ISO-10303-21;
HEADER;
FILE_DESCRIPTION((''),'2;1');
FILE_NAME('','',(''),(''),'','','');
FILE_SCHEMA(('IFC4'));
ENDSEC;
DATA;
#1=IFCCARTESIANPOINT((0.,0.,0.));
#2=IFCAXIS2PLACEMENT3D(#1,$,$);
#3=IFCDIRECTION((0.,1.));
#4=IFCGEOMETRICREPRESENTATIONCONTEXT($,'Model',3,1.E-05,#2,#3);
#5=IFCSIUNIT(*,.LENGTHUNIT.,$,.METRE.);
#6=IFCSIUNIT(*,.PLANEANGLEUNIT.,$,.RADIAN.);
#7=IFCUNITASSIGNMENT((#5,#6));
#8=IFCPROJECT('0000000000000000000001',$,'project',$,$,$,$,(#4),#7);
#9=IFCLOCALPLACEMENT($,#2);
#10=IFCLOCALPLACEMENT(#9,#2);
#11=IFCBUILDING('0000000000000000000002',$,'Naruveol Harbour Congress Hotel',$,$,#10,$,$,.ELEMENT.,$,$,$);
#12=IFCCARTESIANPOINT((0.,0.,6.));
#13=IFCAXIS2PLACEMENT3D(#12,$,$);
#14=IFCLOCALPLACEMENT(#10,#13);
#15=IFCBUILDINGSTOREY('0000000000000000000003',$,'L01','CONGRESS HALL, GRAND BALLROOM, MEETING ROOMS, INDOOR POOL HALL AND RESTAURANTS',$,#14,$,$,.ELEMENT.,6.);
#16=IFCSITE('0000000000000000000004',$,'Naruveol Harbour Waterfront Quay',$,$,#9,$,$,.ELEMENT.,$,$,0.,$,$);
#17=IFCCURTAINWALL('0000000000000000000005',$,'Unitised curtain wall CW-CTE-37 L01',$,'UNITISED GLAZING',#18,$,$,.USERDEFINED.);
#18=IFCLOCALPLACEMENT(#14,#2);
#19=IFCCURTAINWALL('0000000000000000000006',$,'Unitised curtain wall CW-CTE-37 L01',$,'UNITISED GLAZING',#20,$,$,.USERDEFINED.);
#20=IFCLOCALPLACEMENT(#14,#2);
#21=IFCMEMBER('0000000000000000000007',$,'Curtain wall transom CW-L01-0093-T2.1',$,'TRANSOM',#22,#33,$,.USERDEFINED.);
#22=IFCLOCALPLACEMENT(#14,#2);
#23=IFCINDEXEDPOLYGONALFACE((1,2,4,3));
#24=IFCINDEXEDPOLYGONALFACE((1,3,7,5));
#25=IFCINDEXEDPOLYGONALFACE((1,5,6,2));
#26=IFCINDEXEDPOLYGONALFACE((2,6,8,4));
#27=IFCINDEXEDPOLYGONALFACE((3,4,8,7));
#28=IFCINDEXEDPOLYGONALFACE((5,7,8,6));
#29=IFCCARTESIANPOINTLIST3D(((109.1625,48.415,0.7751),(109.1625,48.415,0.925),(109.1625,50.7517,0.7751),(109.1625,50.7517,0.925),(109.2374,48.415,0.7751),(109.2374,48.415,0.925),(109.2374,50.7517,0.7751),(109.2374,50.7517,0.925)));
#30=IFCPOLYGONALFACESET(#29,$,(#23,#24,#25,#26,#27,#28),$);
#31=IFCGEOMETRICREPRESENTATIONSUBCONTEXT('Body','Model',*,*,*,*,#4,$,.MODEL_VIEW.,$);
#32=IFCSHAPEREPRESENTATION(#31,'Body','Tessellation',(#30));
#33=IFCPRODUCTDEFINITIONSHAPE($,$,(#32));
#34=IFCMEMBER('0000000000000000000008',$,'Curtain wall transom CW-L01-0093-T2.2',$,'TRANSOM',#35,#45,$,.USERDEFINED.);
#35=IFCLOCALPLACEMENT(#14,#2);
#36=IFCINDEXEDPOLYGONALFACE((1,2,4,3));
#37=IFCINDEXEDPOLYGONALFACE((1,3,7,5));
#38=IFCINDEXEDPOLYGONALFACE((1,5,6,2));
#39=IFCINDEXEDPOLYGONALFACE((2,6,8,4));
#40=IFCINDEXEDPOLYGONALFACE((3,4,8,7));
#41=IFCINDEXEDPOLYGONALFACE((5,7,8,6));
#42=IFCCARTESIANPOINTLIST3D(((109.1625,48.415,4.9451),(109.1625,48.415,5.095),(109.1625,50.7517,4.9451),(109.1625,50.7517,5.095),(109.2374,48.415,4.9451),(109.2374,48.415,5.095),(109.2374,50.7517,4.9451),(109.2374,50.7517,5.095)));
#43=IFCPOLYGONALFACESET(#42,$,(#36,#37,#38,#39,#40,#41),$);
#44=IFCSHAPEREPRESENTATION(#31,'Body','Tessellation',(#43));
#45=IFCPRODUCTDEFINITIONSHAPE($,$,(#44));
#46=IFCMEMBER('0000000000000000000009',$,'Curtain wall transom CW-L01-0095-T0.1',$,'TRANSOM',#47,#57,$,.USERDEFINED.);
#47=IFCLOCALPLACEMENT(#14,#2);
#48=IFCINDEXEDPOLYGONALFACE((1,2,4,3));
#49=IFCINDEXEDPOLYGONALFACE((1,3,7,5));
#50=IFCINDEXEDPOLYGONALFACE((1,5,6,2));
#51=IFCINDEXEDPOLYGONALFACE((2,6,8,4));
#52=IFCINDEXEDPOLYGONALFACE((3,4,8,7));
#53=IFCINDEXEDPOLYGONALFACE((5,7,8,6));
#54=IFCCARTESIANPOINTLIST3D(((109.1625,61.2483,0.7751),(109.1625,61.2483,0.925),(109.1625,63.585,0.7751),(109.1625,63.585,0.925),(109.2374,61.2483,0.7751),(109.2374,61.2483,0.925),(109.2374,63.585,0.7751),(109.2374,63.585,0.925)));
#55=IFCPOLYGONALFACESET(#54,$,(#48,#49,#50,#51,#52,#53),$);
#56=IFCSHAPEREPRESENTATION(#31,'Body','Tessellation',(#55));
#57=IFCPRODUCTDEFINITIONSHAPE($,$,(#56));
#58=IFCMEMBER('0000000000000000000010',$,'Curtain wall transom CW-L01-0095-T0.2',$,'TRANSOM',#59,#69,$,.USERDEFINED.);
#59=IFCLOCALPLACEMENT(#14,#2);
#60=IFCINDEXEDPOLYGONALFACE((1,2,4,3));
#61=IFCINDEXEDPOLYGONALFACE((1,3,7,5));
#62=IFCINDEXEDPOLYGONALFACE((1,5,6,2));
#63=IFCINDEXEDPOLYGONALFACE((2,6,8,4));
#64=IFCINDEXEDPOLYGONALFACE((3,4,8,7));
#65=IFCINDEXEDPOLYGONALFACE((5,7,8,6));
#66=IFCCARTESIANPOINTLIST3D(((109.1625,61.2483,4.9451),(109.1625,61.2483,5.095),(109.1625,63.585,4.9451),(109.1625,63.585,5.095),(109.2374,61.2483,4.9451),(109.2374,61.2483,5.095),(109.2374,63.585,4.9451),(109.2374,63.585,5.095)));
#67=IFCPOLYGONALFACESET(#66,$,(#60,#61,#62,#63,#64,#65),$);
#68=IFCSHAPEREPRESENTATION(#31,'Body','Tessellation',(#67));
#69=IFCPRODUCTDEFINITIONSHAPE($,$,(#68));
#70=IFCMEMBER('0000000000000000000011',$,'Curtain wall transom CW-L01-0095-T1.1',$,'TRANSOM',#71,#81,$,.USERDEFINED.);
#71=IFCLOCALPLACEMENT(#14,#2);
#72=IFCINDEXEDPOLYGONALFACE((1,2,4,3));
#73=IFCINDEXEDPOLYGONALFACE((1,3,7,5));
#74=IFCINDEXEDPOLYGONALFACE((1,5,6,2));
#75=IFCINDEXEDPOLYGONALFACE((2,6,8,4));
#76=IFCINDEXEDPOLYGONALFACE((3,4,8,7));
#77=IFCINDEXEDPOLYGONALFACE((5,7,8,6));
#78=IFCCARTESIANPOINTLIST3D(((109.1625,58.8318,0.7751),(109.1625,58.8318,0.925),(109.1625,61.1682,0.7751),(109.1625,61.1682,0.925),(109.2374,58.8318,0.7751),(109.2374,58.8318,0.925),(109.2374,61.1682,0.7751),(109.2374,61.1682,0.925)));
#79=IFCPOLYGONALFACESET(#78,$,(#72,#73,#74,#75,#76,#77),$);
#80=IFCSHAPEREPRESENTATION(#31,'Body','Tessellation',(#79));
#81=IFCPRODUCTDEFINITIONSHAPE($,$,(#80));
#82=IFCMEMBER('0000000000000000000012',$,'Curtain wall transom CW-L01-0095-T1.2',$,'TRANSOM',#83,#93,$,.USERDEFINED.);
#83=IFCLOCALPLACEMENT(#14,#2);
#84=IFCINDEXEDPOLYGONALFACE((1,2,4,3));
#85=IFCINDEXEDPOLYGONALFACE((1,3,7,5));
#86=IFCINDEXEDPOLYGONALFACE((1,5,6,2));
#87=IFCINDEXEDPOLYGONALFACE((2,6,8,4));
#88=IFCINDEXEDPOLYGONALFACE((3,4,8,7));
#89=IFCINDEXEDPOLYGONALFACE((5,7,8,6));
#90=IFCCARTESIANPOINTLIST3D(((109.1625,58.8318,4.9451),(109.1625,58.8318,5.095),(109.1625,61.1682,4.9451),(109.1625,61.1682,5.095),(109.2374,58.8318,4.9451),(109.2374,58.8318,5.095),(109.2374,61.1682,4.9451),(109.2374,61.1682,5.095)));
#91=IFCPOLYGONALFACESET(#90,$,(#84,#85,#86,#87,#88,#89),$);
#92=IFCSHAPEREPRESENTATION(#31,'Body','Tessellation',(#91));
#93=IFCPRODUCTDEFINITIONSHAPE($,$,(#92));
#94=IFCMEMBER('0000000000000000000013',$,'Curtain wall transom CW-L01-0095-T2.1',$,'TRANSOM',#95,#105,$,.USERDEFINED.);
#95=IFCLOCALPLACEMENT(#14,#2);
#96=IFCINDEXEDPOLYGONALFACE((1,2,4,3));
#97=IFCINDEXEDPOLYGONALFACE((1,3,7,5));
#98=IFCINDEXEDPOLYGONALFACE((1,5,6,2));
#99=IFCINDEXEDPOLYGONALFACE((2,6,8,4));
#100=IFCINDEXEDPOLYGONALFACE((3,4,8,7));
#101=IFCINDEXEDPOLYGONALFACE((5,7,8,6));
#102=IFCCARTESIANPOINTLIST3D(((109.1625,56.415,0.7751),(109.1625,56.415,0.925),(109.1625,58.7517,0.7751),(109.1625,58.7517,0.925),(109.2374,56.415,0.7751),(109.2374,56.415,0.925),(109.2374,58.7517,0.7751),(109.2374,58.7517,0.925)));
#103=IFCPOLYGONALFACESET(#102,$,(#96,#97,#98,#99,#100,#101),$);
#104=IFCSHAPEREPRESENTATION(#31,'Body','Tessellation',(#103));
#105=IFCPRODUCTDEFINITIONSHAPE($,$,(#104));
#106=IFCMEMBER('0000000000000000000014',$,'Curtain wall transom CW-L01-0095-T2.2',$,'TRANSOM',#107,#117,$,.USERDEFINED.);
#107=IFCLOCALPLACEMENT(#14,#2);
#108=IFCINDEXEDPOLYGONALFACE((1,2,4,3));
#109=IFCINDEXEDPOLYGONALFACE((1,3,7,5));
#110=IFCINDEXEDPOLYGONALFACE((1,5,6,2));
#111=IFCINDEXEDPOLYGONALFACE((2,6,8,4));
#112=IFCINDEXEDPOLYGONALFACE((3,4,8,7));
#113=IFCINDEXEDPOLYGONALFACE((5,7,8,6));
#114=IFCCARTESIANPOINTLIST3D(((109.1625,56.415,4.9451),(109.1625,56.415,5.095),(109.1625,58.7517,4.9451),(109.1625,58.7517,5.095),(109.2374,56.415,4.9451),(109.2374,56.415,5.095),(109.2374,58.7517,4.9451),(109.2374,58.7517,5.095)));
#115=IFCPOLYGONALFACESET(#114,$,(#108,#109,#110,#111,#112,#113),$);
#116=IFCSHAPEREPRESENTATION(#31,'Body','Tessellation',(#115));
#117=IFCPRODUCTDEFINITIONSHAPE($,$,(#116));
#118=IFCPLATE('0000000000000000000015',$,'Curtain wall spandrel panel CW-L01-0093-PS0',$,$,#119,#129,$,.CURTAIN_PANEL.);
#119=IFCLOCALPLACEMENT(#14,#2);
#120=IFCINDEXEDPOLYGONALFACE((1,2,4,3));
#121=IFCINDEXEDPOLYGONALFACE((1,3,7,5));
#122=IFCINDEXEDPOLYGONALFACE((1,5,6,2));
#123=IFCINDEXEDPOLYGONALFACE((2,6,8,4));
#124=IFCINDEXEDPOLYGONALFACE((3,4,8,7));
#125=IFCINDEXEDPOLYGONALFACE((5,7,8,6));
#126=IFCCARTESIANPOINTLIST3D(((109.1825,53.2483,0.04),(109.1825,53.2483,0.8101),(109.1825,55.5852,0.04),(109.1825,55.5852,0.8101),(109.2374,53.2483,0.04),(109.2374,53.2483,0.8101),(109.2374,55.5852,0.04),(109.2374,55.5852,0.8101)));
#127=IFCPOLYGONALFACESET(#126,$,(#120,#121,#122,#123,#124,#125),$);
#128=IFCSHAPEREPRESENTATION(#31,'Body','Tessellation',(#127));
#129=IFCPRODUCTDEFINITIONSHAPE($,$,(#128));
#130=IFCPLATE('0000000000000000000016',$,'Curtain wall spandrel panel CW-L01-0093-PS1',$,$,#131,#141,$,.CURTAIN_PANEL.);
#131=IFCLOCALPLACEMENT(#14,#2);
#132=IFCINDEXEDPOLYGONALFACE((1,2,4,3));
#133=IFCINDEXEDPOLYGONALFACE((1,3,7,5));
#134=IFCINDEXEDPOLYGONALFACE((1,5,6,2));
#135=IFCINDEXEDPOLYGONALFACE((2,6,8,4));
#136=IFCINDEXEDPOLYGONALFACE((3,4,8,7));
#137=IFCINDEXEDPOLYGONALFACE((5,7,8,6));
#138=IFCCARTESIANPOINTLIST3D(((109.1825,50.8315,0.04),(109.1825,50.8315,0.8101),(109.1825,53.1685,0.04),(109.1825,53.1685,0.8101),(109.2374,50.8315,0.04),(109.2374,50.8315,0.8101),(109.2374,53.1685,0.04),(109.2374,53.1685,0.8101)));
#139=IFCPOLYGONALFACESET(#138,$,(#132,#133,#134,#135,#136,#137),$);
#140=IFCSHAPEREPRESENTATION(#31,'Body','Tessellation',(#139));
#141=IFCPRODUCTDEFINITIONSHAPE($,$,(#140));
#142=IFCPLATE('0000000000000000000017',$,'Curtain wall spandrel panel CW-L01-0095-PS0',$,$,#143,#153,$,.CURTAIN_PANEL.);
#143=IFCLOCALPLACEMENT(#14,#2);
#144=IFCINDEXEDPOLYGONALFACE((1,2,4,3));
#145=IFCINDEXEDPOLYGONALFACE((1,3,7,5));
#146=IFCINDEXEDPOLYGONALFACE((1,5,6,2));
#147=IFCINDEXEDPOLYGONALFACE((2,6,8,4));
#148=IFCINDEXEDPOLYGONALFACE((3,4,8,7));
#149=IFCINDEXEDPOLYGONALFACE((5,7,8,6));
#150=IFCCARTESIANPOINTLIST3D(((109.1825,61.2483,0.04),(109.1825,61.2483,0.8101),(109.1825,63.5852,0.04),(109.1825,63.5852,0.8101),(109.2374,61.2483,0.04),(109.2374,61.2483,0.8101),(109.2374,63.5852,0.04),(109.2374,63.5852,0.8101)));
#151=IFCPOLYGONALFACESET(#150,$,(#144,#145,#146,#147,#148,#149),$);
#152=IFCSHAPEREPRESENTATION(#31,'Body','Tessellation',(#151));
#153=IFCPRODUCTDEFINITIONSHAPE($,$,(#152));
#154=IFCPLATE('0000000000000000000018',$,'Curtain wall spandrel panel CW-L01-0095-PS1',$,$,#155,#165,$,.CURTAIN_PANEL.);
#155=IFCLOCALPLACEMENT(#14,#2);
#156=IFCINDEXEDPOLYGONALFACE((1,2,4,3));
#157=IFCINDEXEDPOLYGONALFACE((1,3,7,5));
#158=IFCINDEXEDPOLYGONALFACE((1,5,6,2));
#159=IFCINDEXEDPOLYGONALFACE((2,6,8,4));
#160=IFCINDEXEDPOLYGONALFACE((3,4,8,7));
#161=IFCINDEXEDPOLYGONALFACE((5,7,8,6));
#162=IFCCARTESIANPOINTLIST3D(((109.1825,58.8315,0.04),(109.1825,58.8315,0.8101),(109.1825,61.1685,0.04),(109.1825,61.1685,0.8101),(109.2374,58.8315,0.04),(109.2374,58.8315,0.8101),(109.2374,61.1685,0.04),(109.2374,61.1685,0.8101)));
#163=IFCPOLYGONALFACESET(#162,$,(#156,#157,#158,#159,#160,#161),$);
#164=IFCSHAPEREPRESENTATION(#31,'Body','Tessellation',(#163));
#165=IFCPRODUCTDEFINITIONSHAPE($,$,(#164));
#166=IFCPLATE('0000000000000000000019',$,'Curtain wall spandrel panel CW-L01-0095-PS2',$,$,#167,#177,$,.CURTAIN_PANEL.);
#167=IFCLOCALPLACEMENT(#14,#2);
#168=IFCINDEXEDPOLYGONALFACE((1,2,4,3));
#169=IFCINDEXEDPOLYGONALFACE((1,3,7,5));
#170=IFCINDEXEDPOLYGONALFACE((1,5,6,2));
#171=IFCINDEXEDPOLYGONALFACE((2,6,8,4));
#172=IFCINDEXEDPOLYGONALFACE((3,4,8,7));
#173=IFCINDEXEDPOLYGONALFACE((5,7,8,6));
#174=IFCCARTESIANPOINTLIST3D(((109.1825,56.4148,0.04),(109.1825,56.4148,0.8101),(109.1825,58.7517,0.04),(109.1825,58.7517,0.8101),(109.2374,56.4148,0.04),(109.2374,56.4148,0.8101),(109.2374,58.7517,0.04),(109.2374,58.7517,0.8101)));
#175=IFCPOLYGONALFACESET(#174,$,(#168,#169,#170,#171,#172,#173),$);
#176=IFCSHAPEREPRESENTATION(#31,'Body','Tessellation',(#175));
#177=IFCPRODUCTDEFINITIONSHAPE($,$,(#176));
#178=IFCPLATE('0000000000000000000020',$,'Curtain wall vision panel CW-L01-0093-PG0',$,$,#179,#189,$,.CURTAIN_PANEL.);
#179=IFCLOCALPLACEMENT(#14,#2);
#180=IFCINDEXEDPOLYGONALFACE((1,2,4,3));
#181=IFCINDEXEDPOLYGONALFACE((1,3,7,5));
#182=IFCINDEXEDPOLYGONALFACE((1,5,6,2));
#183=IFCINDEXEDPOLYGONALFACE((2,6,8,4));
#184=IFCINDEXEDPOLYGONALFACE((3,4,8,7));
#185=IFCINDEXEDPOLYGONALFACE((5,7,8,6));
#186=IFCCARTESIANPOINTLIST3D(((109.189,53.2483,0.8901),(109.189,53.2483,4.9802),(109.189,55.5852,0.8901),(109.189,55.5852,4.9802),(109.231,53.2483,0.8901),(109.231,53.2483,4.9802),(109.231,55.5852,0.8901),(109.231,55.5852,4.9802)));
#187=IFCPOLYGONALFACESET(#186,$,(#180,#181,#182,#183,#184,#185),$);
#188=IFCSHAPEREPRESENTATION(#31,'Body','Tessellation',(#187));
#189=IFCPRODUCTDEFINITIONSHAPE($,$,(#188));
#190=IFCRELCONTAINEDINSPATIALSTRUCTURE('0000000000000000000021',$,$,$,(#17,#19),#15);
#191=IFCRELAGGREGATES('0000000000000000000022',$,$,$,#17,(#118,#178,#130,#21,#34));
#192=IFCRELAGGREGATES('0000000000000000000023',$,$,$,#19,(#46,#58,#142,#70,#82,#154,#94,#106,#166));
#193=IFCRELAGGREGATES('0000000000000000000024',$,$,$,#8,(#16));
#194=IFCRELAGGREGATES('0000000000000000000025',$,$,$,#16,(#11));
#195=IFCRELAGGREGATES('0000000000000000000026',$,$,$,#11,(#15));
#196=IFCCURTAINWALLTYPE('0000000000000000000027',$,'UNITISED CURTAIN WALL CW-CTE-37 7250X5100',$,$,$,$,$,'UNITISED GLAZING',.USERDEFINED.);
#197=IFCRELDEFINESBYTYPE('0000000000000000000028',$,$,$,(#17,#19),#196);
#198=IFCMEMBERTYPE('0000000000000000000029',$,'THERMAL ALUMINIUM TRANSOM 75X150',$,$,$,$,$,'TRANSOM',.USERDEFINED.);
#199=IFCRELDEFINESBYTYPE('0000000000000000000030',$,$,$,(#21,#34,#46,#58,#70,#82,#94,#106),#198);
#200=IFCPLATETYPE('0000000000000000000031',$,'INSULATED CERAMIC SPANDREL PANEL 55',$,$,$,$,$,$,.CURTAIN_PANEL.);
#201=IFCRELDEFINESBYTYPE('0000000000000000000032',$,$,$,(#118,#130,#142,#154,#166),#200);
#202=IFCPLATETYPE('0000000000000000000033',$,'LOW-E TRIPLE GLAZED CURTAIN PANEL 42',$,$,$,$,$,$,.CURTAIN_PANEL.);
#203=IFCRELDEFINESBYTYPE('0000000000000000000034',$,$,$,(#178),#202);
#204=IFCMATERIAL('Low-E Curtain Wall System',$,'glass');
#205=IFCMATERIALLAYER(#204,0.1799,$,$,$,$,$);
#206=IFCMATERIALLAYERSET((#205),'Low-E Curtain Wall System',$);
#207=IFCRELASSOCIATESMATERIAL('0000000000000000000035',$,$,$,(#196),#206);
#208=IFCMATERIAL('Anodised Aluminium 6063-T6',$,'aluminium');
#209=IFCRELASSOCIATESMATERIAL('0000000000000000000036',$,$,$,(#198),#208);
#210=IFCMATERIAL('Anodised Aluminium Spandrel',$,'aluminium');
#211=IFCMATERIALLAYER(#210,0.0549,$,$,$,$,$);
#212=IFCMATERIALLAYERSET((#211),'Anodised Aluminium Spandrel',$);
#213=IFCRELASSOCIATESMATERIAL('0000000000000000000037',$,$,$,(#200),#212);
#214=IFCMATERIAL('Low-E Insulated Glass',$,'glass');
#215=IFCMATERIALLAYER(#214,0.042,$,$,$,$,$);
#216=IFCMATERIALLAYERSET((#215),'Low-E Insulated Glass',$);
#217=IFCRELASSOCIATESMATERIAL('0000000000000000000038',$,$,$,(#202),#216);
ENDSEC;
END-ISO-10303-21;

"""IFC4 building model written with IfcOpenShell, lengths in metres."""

from ifc_helpers import new_model, si_unit, direction, frame, origin, origin_2d, place, context, subcontext, project, spatial, rectangle, extrude, material, layer, layer_set, material_profile, profile_set, type_object, element, aggregate, save


model = new_model("IFC4")

# Units and contexts
model_context = context("Model", 3, precision=1e-05, world=origin(), true_north=direction((0.0, 1.0)))
body_context = subcontext(model_context, "Body", "Model", "MODEL_VIEW")
ifc_project = project(units=[si_unit("LENGTHUNIT", "METRE"), si_unit("PLANEANGLEUNIT", "RADIAN")], contexts=[model_context])

# Site, building, storey
site_placement = place(None, origin())
site = spatial("IfcSite", under=ifc_project, at=site_placement, Name="Naruveol Harbour Waterfront Quay", CompositionType="ELEMENT", RefElevation=0.0)
building_placement = place(site_placement, origin())
building = spatial("IfcBuilding", under=site, at=building_placement, Name="Naruveol Harbour Congress Hotel", CompositionType="ELEMENT")
storey_placement = place(building_placement, frame((0.0, 0.0, 6.0)))
storey = spatial("IfcBuildingStorey", under=building, at=storey_placement, Name="L01", Description="CONGRESS HALL, GRAND BALLROOM, MEETING ROOMS, INDOOR POOL HALL AND RESTAURANTS", CompositionType="ELEMENT", Elevation=6.0)

# Curtain walls
ifc_material_1 = material(Name="Low-E Curtain Wall System", Category="glass")
ifc_layer_1 = layer(ifc_material_1, 0.1799)
ifc_layer_set_1 = layer_set([ifc_layer_1], Name="Low-E Curtain Wall System")
curtain_wall_type = type_object("IfcCurtainWallType", Name="UNITISED CURTAIN WALL CW-CTE-37 7250X5100", ElementType="UNITISED GLAZING", PredefinedType="USERDEFINED", material=ifc_layer_set_1)
curtain_wall_1_placement = place(storey_placement, origin())
curtain_wall_1 = element("IfcCurtainWall", 1, at=curtain_wall_1_placement, inside=storey, type_object=curtain_wall_type, Name="Unitised curtain wall CW-CTE-37 L01", ObjectType="UNITISED GLAZING", PredefinedType="USERDEFINED")
curtain_wall_2_placement = place(storey_placement, origin())
curtain_wall_2 = element("IfcCurtainWall", 2, at=curtain_wall_2_placement, inside=storey, type_object=curtain_wall_type, Name="Unitised curtain wall CW-CTE-37 L01", ObjectType="UNITISED GLAZING", PredefinedType="USERDEFINED")

# Members
ifc_material_2 = material(Name="Anodised Aluminium 6063-T6", Category="aluminium")
ifc_material_profile_1 = material_profile(ifc_material_2, rectangle(XDim=0.075, YDim=0.1499, at=origin_2d()), Name="ALU-75x150")
ifc_profile_set_1 = profile_set([ifc_material_profile_1], Name="Anodised Aluminium 6063-T6")
member_type_1 = type_object("IfcMemberType", Name="THERMAL ALUMINIUM TRANSOM 75X150", ElementType="TRANSOM", PredefinedType="USERDEFINED", material=ifc_profile_set_1)
member_1_placement = place(storey_placement, frame((109.2, 50.7517, 0.8501), z_axis=(0.0, -1.0, 0.0), x_axis=(1.0, 0.0, 0.0)))
member_1 = element("IfcMember", 3, at=member_1_placement, type_object=member_type_1, Name="Curtain wall transom CW-L01-0093-T2.1", ObjectType="TRANSOM", PredefinedType="USERDEFINED", context=body_context, shape_type="SweptSolid", body=[
    extrude(rectangle(XDim=0.075, YDim=0.1499, at=origin_2d()), origin(), (0.0, 0.0, 1.0), 2.3367),
])
member_2_placement = place(storey_placement, frame((109.2, 50.7517, 5.02), z_axis=(0.0, -1.0, 0.0), x_axis=(1.0, 0.0, 0.0)))
member_2 = element("IfcMember", 4, at=member_2_placement, type_object=member_type_1, Name="Curtain wall transom CW-L01-0093-T2.2", ObjectType="TRANSOM", PredefinedType="USERDEFINED", context=body_context, shape_type="SweptSolid", body=[
    extrude(rectangle(XDim=0.075, YDim=0.1499, at=origin_2d()), origin(), (0.0, 0.0, 1.0), 2.3367),
])
member_3_placement = place(storey_placement, frame((109.2, 63.585, 0.8501), z_axis=(0.0, -1.0, 0.0), x_axis=(1.0, 0.0, 0.0)))
member_3 = element("IfcMember", 5, at=member_3_placement, type_object=member_type_1, Name="Curtain wall transom CW-L01-0095-T0.1", ObjectType="TRANSOM", PredefinedType="USERDEFINED", context=body_context, shape_type="SweptSolid", body=[
    extrude(rectangle(XDim=0.075, YDim=0.1499, at=origin_2d()), origin(), (0.0, 0.0, 1.0), 2.3367),
])
member_4_placement = place(storey_placement, frame((109.2, 63.585, 5.02), z_axis=(0.0, -1.0, 0.0), x_axis=(1.0, 0.0, 0.0)))
member_4 = element("IfcMember", 6, at=member_4_placement, type_object=member_type_1, Name="Curtain wall transom CW-L01-0095-T0.2", ObjectType="TRANSOM", PredefinedType="USERDEFINED", context=body_context, shape_type="SweptSolid", body=[
    extrude(rectangle(XDim=0.075, YDim=0.1499, at=origin_2d()), origin(), (0.0, 0.0, 1.0), 2.3367),
])
member_5_placement = place(storey_placement, frame((109.2, 61.1682, 0.8501), z_axis=(0.0, -1.0, 0.0), x_axis=(1.0, 0.0, 0.0)))
member_5 = element("IfcMember", 7, at=member_5_placement, type_object=member_type_1, Name="Curtain wall transom CW-L01-0095-T1.1", ObjectType="TRANSOM", PredefinedType="USERDEFINED", context=body_context, shape_type="SweptSolid", body=[
    extrude(rectangle(XDim=0.075, YDim=0.1499, at=origin_2d()), origin(), (0.0, 0.0, 1.0), 2.3364),
])
member_6_placement = place(storey_placement, frame((109.2, 61.1682, 5.02), z_axis=(0.0, -1.0, 0.0), x_axis=(1.0, 0.0, 0.0)))
member_6 = element("IfcMember", 8, at=member_6_placement, type_object=member_type_1, Name="Curtain wall transom CW-L01-0095-T1.2", ObjectType="TRANSOM", PredefinedType="USERDEFINED", context=body_context, shape_type="SweptSolid", body=[
    extrude(rectangle(XDim=0.075, YDim=0.1499, at=origin_2d()), origin(), (0.0, 0.0, 1.0), 2.3364),
])
member_7_placement = place(storey_placement, frame((109.2, 58.7517, 0.8501), z_axis=(0.0, -1.0, 0.0), x_axis=(1.0, 0.0, 0.0)))
member_7 = element("IfcMember", 9, at=member_7_placement, type_object=member_type_1, Name="Curtain wall transom CW-L01-0095-T2.1", ObjectType="TRANSOM", PredefinedType="USERDEFINED", context=body_context, shape_type="SweptSolid", body=[
    extrude(rectangle(XDim=0.075, YDim=0.1499, at=origin_2d()), origin(), (0.0, 0.0, 1.0), 2.3367),
])
member_8_placement = place(storey_placement, frame((109.2, 58.7517, 5.02), z_axis=(0.0, -1.0, 0.0), x_axis=(1.0, 0.0, 0.0)))
member_8 = element("IfcMember", 10, at=member_8_placement, type_object=member_type_1, Name="Curtain wall transom CW-L01-0095-T2.2", ObjectType="TRANSOM", PredefinedType="USERDEFINED", context=body_context, shape_type="SweptSolid", body=[
    extrude(rectangle(XDim=0.075, YDim=0.1499, at=origin_2d()), origin(), (0.0, 0.0, 1.0), 2.3367),
])

# Plates
ifc_material_3 = material(Name="Anodised Aluminium Spandrel", Category="aluminium")
ifc_layer_2 = layer(ifc_material_3, 0.0549)
ifc_layer_set_2 = layer_set([ifc_layer_2], Name="Anodised Aluminium Spandrel")
plate_type_1 = type_object("IfcPlateType", Name="INSULATED CERAMIC SPANDREL PANEL 55", PredefinedType="CURTAIN_PANEL", material=ifc_layer_set_2)
plate_1_placement = place(storey_placement, frame((109.21, 54.4167, 0.04), z_axis=(0.0, 0.0, 1.0), x_axis=(0.0, -1.0, 0.0)))
plate_1 = element("IfcPlate", 11, at=plate_1_placement, type_object=plate_type_1, Name="Curtain wall spandrel panel CW-L01-0093-PS0", PredefinedType="CURTAIN_PANEL", context=body_context, shape_type="SweptSolid", body=[
    extrude(rectangle(XDim=2.3369, YDim=0.0549, at=origin_2d()), origin(), (0.0, 0.0, 1.0), 0.77),
])
plate_2_placement = place(storey_placement, frame((109.21, 52.0, 0.04), z_axis=(0.0, 0.0, 1.0), x_axis=(0.0, -1.0, 0.0)))
plate_2 = element("IfcPlate", 12, at=plate_2_placement, type_object=plate_type_1, Name="Curtain wall spandrel panel CW-L01-0093-PS1", PredefinedType="CURTAIN_PANEL", context=body_context, shape_type="SweptSolid", body=[
    extrude(rectangle(XDim=2.3369, YDim=0.0549, at=origin_2d()), origin(), (0.0, 0.0, 1.0), 0.77),
])
plate_3_placement = place(storey_placement, frame((109.21, 62.4167, 0.04), z_axis=(0.0, 0.0, 1.0), x_axis=(0.0, -1.0, 0.0)))
plate_3 = element("IfcPlate", 13, at=plate_3_placement, type_object=plate_type_1, Name="Curtain wall spandrel panel CW-L01-0095-PS0", PredefinedType="CURTAIN_PANEL", context=body_context, shape_type="SweptSolid", body=[
    extrude(rectangle(XDim=2.3369, YDim=0.0549, at=origin_2d()), origin(), (0.0, 0.0, 1.0), 0.77),
])
plate_4_placement = place(storey_placement, frame((109.21, 60.0, 0.04), z_axis=(0.0, 0.0, 1.0), x_axis=(0.0, -1.0, 0.0)))
plate_4 = element("IfcPlate", 14, at=plate_4_placement, type_object=plate_type_1, Name="Curtain wall spandrel panel CW-L01-0095-PS1", PredefinedType="CURTAIN_PANEL", context=body_context, shape_type="SweptSolid", body=[
    extrude(rectangle(XDim=2.3369, YDim=0.0549, at=origin_2d()), origin(), (0.0, 0.0, 1.0), 0.77),
])
plate_5_placement = place(storey_placement, frame((109.21, 57.5833, 0.04), z_axis=(0.0, 0.0, 1.0), x_axis=(0.0, -1.0, 0.0)))
plate_5 = element("IfcPlate", 15, at=plate_5_placement, type_object=plate_type_1, Name="Curtain wall spandrel panel CW-L01-0095-PS2", PredefinedType="CURTAIN_PANEL", context=body_context, shape_type="SweptSolid", body=[
    extrude(rectangle(XDim=2.3369, YDim=0.0549, at=origin_2d()), origin(), (0.0, 0.0, 1.0), 0.77),
])
ifc_material_4 = material(Name="Low-E Insulated Glass", Category="glass")
ifc_layer_3 = layer(ifc_material_4, 0.042)
ifc_layer_set_3 = layer_set([ifc_layer_3], Name="Low-E Insulated Glass")
plate_type_2 = type_object("IfcPlateType", Name="LOW-E TRIPLE GLAZED CURTAIN PANEL 42", PredefinedType="CURTAIN_PANEL", material=ifc_layer_set_3)
plate_6_placement = place(storey_placement, frame((109.21, 54.4167, 0.8901), z_axis=(0.0, 0.0, 1.0), x_axis=(0.0, -1.0, 0.0)))
plate_6 = element("IfcPlate", 16, at=plate_6_placement, type_object=plate_type_2, Name="Curtain wall vision panel CW-L01-0093-PG0", PredefinedType="CURTAIN_PANEL", context=body_context, shape_type="SweptSolid", body=[
    extrude(rectangle(XDim=2.3369, YDim=0.042, at=origin_2d()), origin(), (0.0, 0.0, 1.0), 4.0901),
])
aggregate(curtain_wall_1, [plate_1, plate_6, plate_2, member_1, member_2])
aggregate(curtain_wall_2, [member_3, member_4, plate_3, member_5, member_6, plate_4, member_7, member_8, plate_5])

save(model, "model.ifc")
